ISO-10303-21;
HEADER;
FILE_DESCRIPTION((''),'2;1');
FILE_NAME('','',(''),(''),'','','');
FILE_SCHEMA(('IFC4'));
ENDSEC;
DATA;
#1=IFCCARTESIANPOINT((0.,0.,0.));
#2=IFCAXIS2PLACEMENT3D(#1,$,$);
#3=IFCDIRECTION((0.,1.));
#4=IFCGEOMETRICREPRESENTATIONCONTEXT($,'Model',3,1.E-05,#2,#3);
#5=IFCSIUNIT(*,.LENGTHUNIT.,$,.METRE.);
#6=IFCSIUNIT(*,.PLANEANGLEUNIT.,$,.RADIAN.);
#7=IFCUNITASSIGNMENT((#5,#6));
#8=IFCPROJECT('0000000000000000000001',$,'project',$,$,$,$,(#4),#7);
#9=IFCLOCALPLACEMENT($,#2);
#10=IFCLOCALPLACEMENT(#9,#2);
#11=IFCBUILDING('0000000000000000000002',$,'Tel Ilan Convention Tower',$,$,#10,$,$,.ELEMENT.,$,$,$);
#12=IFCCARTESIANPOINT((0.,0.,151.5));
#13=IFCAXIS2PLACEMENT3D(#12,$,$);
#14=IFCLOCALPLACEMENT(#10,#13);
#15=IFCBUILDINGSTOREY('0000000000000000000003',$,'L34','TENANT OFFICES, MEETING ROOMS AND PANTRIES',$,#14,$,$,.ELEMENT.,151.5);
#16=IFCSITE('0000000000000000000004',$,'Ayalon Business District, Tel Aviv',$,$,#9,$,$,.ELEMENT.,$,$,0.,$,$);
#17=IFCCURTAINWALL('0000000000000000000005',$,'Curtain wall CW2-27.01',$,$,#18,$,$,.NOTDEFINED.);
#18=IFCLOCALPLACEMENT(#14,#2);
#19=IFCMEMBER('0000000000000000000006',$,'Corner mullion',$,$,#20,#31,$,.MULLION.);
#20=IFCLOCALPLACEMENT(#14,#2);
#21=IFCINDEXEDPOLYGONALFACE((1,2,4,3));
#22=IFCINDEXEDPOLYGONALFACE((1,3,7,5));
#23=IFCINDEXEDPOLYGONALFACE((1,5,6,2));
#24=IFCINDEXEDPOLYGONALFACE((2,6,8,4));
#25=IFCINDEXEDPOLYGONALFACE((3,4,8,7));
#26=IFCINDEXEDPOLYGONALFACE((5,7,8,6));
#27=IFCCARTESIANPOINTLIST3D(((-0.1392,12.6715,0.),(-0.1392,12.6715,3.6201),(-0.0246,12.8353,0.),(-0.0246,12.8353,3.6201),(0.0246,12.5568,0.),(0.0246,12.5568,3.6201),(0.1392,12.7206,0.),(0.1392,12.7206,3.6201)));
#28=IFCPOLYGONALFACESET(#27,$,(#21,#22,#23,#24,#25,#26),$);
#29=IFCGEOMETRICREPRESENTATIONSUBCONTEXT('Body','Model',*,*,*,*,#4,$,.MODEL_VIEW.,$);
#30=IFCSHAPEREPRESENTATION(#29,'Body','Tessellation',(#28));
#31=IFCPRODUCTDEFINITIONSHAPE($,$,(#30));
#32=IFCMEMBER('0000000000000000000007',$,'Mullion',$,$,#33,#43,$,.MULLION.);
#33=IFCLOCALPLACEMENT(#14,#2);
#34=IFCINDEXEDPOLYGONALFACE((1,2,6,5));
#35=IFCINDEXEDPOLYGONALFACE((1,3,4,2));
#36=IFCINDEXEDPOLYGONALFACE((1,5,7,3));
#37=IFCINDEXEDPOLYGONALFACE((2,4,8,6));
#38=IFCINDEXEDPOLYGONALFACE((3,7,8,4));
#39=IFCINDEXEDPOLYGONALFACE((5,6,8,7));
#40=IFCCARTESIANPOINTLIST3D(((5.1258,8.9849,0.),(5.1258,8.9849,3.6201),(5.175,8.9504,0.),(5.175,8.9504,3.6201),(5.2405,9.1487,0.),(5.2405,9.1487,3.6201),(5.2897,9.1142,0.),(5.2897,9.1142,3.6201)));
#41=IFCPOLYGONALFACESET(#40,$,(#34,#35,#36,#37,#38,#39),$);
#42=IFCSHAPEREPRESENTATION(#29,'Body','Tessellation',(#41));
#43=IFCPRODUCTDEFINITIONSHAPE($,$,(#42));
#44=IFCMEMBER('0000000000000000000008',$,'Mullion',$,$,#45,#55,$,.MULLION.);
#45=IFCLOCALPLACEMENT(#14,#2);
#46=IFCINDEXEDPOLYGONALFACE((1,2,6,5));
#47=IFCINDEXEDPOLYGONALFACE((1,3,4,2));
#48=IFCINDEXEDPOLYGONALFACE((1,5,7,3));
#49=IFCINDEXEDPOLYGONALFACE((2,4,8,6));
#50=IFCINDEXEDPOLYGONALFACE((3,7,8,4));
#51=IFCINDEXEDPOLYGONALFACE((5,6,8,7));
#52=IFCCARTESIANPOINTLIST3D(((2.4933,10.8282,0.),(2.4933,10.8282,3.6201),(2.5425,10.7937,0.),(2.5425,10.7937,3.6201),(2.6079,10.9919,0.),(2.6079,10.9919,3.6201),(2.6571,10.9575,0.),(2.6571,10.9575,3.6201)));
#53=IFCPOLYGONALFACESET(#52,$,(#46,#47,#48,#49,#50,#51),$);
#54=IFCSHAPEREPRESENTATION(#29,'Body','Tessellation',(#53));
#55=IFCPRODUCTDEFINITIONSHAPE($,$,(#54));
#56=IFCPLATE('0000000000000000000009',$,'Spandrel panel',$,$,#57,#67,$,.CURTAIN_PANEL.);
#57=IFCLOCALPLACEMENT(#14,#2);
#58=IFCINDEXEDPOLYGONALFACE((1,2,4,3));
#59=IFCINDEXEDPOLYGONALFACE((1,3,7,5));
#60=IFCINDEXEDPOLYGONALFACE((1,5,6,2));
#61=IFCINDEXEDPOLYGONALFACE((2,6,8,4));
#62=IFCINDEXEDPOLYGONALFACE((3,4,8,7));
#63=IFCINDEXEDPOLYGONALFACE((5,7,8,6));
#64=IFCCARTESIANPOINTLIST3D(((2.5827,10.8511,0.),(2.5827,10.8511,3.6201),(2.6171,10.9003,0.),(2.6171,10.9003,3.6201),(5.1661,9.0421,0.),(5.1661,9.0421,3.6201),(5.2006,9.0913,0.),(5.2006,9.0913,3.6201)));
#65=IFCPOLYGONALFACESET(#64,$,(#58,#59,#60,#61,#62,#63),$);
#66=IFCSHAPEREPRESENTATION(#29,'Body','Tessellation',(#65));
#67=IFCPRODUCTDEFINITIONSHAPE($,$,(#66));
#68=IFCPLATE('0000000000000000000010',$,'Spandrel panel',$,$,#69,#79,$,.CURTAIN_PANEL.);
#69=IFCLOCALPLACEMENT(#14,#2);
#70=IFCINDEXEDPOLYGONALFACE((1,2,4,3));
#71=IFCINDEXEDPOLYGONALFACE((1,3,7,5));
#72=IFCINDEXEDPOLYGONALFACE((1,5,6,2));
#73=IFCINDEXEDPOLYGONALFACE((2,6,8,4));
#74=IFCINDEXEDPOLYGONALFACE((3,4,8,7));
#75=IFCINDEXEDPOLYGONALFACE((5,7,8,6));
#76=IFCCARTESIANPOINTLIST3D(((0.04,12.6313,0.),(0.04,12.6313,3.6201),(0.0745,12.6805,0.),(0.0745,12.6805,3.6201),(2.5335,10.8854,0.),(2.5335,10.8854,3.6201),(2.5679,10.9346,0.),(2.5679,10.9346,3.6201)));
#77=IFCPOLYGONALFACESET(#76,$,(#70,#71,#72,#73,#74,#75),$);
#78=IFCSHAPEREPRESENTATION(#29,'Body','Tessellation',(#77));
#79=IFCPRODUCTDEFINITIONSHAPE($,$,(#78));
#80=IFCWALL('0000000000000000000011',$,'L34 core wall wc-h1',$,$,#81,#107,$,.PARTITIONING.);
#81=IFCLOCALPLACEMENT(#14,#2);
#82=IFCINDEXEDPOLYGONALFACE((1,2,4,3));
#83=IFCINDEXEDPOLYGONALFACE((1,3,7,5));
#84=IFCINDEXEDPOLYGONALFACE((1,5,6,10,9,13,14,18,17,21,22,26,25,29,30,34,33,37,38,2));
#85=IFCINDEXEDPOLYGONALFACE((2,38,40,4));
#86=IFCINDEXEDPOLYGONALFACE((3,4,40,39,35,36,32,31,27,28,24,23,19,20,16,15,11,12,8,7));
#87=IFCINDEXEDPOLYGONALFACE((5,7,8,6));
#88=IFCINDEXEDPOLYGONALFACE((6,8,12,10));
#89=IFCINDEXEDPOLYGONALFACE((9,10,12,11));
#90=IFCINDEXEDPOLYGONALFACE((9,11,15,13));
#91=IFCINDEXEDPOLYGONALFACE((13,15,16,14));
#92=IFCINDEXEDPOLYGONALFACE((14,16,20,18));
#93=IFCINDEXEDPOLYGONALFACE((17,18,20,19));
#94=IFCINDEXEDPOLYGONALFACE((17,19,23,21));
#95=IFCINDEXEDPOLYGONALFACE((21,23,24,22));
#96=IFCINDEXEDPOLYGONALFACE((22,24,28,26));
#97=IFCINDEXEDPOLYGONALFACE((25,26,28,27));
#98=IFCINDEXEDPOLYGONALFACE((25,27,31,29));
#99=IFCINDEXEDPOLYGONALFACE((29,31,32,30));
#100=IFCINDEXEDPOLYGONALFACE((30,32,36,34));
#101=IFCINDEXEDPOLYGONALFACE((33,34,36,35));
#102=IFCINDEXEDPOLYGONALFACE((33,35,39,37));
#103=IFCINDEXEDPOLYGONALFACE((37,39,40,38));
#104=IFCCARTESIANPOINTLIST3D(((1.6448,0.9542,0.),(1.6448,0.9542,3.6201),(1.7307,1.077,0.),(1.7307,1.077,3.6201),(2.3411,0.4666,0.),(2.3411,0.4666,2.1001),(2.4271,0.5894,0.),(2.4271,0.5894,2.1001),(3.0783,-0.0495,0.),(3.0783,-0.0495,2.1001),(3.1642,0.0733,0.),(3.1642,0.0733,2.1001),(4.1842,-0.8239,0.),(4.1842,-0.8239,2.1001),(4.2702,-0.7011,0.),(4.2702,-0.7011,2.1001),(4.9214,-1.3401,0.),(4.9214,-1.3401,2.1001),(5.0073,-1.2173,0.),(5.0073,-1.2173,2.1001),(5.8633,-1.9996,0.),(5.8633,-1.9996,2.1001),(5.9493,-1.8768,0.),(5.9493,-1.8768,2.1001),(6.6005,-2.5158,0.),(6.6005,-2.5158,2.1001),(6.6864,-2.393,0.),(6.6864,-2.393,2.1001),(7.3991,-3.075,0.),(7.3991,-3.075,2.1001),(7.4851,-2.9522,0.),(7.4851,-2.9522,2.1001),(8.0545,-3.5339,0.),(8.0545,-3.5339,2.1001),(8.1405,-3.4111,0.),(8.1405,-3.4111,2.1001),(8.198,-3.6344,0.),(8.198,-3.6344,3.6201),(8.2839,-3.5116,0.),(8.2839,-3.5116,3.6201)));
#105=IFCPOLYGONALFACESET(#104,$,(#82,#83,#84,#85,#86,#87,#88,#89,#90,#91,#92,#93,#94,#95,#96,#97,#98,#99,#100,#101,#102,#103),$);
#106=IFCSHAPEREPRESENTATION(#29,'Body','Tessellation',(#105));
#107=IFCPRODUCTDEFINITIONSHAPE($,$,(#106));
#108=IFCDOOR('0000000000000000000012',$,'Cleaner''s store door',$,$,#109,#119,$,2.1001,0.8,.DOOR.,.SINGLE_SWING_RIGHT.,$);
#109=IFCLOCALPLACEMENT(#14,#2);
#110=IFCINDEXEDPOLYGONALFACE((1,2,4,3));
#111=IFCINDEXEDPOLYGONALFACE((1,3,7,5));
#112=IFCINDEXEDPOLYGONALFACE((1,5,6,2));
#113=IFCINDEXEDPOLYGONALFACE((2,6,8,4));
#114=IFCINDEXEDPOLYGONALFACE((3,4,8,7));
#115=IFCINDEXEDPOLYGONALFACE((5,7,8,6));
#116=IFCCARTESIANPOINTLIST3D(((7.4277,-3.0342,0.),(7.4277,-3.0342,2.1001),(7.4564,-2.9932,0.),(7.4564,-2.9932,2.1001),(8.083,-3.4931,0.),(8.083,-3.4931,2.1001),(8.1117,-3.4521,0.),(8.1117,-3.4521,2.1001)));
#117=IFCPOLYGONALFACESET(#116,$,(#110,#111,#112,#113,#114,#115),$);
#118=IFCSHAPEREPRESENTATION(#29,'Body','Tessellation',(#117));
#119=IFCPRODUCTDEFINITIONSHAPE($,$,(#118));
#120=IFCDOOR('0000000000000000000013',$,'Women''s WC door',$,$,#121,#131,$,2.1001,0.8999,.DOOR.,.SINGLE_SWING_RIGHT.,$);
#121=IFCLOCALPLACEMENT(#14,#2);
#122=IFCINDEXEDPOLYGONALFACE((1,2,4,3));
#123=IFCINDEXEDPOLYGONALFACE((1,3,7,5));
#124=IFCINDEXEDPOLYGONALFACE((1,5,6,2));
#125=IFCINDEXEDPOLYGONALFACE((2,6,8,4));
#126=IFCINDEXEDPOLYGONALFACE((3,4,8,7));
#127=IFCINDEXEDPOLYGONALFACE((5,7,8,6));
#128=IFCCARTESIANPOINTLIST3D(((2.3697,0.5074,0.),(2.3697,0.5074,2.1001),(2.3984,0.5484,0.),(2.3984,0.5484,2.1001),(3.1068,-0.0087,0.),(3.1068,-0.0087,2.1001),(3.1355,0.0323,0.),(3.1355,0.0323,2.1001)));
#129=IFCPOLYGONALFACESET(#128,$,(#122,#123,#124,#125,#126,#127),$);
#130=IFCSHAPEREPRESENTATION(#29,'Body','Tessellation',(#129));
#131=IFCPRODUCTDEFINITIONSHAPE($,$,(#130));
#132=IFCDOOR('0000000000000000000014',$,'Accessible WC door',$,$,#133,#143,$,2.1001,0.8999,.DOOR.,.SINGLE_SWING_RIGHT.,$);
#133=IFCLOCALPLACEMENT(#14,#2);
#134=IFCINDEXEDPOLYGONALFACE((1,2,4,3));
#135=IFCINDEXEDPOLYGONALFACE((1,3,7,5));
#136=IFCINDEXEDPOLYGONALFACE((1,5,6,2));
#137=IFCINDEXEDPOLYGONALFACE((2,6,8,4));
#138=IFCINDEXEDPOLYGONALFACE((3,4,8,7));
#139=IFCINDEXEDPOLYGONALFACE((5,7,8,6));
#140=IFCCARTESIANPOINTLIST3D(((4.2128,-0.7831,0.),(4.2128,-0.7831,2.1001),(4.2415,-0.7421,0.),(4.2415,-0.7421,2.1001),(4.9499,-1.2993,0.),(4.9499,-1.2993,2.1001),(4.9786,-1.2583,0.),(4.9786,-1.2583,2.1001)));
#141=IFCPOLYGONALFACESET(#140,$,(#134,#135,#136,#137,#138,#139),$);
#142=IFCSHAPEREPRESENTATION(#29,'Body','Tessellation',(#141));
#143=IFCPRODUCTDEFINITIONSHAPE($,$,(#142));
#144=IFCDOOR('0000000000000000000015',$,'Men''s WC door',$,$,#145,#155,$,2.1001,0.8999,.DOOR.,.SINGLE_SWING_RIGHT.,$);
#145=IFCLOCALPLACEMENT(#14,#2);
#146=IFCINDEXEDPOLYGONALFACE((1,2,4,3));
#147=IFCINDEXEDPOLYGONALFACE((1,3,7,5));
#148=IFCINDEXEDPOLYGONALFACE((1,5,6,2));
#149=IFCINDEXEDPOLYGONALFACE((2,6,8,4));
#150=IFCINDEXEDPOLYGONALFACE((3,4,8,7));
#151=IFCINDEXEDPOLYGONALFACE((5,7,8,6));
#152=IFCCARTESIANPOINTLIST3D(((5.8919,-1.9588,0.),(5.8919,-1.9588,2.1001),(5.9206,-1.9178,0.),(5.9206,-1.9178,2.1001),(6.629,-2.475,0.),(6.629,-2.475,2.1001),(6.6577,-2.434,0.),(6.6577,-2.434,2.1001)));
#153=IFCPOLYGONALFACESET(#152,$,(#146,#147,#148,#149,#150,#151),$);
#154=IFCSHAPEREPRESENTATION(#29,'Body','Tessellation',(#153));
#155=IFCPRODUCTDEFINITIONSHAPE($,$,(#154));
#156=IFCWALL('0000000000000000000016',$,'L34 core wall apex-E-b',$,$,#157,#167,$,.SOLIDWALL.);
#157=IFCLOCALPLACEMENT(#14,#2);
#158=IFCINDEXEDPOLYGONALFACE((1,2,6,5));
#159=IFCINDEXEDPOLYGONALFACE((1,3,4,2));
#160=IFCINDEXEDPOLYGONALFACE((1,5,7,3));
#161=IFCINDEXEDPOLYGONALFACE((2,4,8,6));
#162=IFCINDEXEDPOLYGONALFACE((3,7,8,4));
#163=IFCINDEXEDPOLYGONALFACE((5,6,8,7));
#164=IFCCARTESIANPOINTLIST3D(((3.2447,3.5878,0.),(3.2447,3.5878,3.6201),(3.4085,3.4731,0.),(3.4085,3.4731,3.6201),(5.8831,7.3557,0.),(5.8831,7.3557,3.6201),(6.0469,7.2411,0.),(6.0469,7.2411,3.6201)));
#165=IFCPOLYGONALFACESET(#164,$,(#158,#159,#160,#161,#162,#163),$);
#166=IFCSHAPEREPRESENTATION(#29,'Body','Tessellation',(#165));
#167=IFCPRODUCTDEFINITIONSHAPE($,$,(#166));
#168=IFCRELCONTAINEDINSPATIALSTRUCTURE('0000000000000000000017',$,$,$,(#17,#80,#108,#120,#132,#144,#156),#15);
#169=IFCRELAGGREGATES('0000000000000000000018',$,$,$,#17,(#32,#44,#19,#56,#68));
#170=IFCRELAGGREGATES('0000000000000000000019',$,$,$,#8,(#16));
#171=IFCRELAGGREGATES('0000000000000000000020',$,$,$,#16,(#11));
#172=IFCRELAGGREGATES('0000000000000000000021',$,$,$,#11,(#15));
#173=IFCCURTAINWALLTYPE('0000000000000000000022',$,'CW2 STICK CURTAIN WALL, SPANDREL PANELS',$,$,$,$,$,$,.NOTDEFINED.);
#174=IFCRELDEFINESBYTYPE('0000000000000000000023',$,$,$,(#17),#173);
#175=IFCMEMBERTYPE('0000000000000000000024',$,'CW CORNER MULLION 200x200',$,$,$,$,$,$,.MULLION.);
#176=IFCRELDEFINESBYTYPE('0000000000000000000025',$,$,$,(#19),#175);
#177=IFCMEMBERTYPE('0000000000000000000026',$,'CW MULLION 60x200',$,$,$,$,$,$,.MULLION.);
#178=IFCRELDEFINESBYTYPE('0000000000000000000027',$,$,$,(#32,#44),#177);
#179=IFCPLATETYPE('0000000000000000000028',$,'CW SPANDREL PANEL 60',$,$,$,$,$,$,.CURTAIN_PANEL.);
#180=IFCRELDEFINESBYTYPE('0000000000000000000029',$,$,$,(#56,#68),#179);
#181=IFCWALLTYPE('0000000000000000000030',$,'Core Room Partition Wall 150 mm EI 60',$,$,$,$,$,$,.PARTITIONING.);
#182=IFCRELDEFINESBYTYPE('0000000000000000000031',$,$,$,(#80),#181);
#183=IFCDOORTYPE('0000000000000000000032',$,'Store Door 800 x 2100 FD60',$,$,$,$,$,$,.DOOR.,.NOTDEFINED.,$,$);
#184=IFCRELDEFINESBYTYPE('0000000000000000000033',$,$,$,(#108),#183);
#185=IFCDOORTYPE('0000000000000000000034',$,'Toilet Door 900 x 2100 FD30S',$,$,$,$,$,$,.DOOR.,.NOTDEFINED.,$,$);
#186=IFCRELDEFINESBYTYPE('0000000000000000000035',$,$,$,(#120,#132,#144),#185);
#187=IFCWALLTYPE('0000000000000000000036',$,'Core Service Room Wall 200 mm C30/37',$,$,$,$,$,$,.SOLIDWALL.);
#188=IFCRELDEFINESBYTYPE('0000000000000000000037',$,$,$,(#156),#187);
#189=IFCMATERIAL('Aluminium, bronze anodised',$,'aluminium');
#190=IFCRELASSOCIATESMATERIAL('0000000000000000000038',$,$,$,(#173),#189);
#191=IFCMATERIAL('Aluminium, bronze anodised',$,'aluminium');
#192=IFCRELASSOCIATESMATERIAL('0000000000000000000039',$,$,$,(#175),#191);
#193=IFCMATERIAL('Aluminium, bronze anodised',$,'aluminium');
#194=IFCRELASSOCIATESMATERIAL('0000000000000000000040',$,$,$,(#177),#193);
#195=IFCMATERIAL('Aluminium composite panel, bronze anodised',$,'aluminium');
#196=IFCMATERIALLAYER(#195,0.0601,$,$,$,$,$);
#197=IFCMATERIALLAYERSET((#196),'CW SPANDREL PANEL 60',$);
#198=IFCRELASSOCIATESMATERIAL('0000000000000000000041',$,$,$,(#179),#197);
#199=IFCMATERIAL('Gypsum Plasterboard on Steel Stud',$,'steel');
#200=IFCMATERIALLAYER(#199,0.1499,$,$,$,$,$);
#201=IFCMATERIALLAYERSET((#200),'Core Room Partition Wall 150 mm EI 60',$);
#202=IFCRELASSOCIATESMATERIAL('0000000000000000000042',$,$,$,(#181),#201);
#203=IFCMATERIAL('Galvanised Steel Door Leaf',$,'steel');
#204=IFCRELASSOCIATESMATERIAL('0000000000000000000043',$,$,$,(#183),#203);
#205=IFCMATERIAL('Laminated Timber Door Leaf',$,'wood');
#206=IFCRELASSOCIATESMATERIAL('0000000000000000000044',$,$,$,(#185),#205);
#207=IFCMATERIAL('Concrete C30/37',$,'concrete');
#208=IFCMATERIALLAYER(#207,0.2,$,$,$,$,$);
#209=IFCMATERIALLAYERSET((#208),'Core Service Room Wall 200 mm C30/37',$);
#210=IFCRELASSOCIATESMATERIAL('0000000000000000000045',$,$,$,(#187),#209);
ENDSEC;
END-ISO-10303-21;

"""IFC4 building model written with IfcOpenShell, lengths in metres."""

from ifc_helpers import new_model, si_unit, direction, frame, frame_2d, origin, origin_2d, place, context, subcontext, project, spatial, rectangle, extrude, material, layer, layer_set, material_profile, profile_set, type_object, element, fill, aggregate, save


model = new_model("IFC4")

# Units and contexts
model_context = context("Model", 3, precision=1e-05, world=origin(), true_north=direction((0.0, 1.0)))
body_context = subcontext(model_context, "Body", "Model", "MODEL_VIEW")
ifc_project = project(units=[si_unit("LENGTHUNIT", "METRE"), si_unit("PLANEANGLEUNIT", "RADIAN")], contexts=[model_context])

# Site, building, storey
site_placement = place(None, origin())
site = spatial("IfcSite", under=ifc_project, at=site_placement, Name="Ayalon Business District, Tel Aviv", CompositionType="ELEMENT", RefElevation=0.0)
building_placement = place(site_placement, origin())
building = spatial("IfcBuilding", under=site, at=building_placement, Name="Tel Ilan Convention Tower", CompositionType="ELEMENT")
storey_placement = place(building_placement, frame((0.0, 0.0, 151.5)))
storey = spatial("IfcBuildingStorey", under=building, at=storey_placement, Name="L34", Description="TENANT OFFICES, MEETING ROOMS AND PANTRIES", CompositionType="ELEMENT", Elevation=151.5)

# Curtain wall, members, plates
ifc_material_1 = material(Name="Aluminium, bronze anodised", Category="aluminium")
curtain_wall_type = type_object("IfcCurtainWallType", Name="CW2 STICK CURTAIN WALL, SPANDREL PANELS", PredefinedType="NOTDEFINED", material=ifc_material_1)
curtain_wall_placement = place(storey_placement, origin())
curtain_wall = element("IfcCurtainWall", 1, at=curtain_wall_placement, inside=storey, type_object=curtain_wall_type, Name="Curtain wall CW2-27.01", PredefinedType="NOTDEFINED")
ifc_material_2 = material(Name="Aluminium, bronze anodised", Category="aluminium")
ifc_material_profile_1 = material_profile(ifc_material_2, rectangle(XDim=0.2, YDim=0.2, at=origin_2d()), Name="CW CORNER MULLION 200x200")
ifc_profile_set_1 = profile_set([ifc_material_profile_1], Name="Aluminium, bronze anodised")
member_type_1 = type_object("IfcMemberType", Name="CW CORNER MULLION 200x200", PredefinedType="MULLION", material=ifc_profile_set_1)
member_1_placement = place(storey_placement, frame((0.0, 12.696, 0.0), z_axis=(0.0, 0.0, 1.0), x_axis=(-0.819152, 0.573576, 0.0)))
member_1 = element("IfcMember", 2, at=member_1_placement, type_object=member_type_1, Name="Corner mullion", PredefinedType="MULLION", context=body_context, shape_type="SweptSolid", body=[
    extrude(rectangle(XDim=0.2, YDim=0.2, at=origin_2d()), origin(), (0.0, 0.0, 1.0), 3.6201),
])
ifc_material_3 = material(Name="Aluminium, bronze anodised", Category="aluminium")
ifc_material_profile_2 = material_profile(ifc_material_3, rectangle(XDim=0.0601, YDim=0.2, at=origin_2d()), Name="CW MULLION 60x200")
ifc_profile_set_2 = profile_set([ifc_material_profile_2], Name="Aluminium, bronze anodised")
member_type_2 = type_object("IfcMemberType", Name="CW MULLION 60x200", PredefinedType="MULLION", material=ifc_profile_set_2)
member_2_placement = place(storey_placement, frame((5.2078, 9.0496, 0.0), z_axis=(0.0, 0.0, 1.0), x_axis=(-0.819152, 0.573576, 0.0)))
member_2 = element("IfcMember", 3, at=member_2_placement, type_object=member_type_2, Name="Mullion", PredefinedType="MULLION", context=body_context, shape_type="SweptSolid", body=[
    extrude(rectangle(XDim=0.0601, YDim=0.2, at=origin_2d()), origin(), (0.0, 0.0, 1.0), 3.6201),
])
member_3_placement = place(storey_placement, frame((2.5752, 10.8928, 0.0), z_axis=(0.0, 0.0, 1.0), x_axis=(-0.819152, 0.573576, 0.0)))
member_3 = element("IfcMember", 4, at=member_3_placement, type_object=member_type_2, Name="Mullion", PredefinedType="MULLION", context=body_context, shape_type="SweptSolid", body=[
    extrude(rectangle(XDim=0.0601, YDim=0.2, at=origin_2d()), origin(), (0.0, 0.0, 1.0), 3.6201),
])
ifc_material_4 = material(Name="Aluminium composite panel, bronze anodised", Category="aluminium")
ifc_layer_1 = layer(ifc_material_4, 0.0601)
ifc_layer_set_1 = layer_set([ifc_layer_1], Name="CW SPANDREL PANEL 60")
plate_type = type_object("IfcPlateType", Name="CW SPANDREL PANEL 60", PredefinedType="CURTAIN_PANEL", material=ifc_layer_set_1)
plate_1_placement = place(storey_placement, frame((3.8916, 9.9712, 0.0), z_axis=(0.0, 0.0, 1.0), x_axis=(-0.819152, 0.573576, 0.0)))
plate_1 = element("IfcPlate", 5, at=plate_1_placement, type_object=plate_type, Name="Spandrel panel", PredefinedType="CURTAIN_PANEL", context=body_context, shape_type="SweptSolid", body=[
    extrude(rectangle(XDim=3.1538, YDim=0.0601, at=origin_2d()), origin(), (0.0, 0.0, 1.0), 3.6201),
])
plate_2_placement = place(storey_placement, frame((1.304, 11.783, 0.0), z_axis=(0.0, 0.0, 1.0), x_axis=(-0.819152, 0.573576, 0.0)))
plate_2 = element("IfcPlate", 6, at=plate_2_placement, type_object=plate_type, Name="Spandrel panel", PredefinedType="CURTAIN_PANEL", context=body_context, shape_type="SweptSolid", body=[
    extrude(rectangle(XDim=3.0439, YDim=0.0601, at=origin_2d()), origin(), (0.0, 0.0, 1.0), 3.6201),
])
aggregate(curtain_wall, [member_2, member_3, member_1, plate_1, plate_2])

# Wall, openings, doors
ifc_material_5 = material(Name="Gypsum Plasterboard on Steel Stud", Category="steel")
ifc_layer_2 = layer(ifc_material_5, 0.1499)
ifc_layer_set_2 = layer_set([ifc_layer_2], Name="Core Room Partition Wall 150 mm EI 60")
wall_type_1 = type_object("IfcWallType", Name="Core Room Partition Wall 150 mm EI 60", PredefinedType="PARTITIONING", material=ifc_layer_set_2)
wall_1_placement = place(storey_placement, frame((1.6877, 1.0156, 0.0), z_axis=(0.0, 0.0, 1.0), x_axis=(0.819152, -0.573577, 0.0)))
wall_1 = element("IfcWall", 7, at=wall_1_placement, inside=storey, type_object=wall_type_1, Name="L34 core wall wc-h1", PredefinedType="PARTITIONING", context=body_context, shape_type="SweptSolid", body=[
    extrude(rectangle(XDim=8.0, YDim=0.1499, at=frame_2d((4.0, 0.0))), origin(), (0.0, 0.0, 1.0), 3.6201),
])
opening_1_placement = place(wall_1_placement, frame((0.8501, 0.0, 0.0)))
opening_1 = element("IfcOpeningElement", 8, at=opening_1_placement, cuts=wall_1, PredefinedType="OPENING", context=body_context, shape_type="SweptSolid", body=[
    extrude(rectangle(XDim=0.8999, YDim=2.1001, at=frame_2d((0.45, 1.05))), frame((0.0, 0.085, 0.0), z_axis=(0.0, -1.0, 0.0), x_axis=(1.0, 0.0, 0.0)), (0.0, 0.0, 1.0), 0.1699),
])
opening_2_placement = place(wall_1_placement, frame((3.1001, 0.0, 0.0)))
opening_2 = element("IfcOpeningElement", 9, at=opening_2_placement, cuts=wall_1, PredefinedType="OPENING", context=body_context, shape_type="SweptSolid", body=[
    extrude(rectangle(XDim=0.8999, YDim=2.1001, at=frame_2d((0.45, 1.05))), frame((0.0, 0.085, 0.0), z_axis=(0.0, -1.0, 0.0), x_axis=(1.0, 0.0, 0.0)), (0.0, 0.0, 1.0), 0.1699),
])
opening_3_placement = place(wall_1_placement, frame((5.1499, 0.0, 0.0)))
opening_3 = element("IfcOpeningElement", 10, at=opening_3_placement, cuts=wall_1, PredefinedType="OPENING", context=body_context, shape_type="SweptSolid", body=[
    extrude(rectangle(XDim=0.8999, YDim=2.1001, at=frame_2d((0.45, 1.05))), frame((0.0, 0.085, 0.0), z_axis=(0.0, -1.0, 0.0), x_axis=(1.0, 0.0, 0.0)), (0.0, 0.0, 1.0), 0.1699),
])
opening_4_placement = place(wall_1_placement, frame((7.0249, 0.0, 0.0)))
opening_4 = element("IfcOpeningElement", 11, at=opening_4_placement, cuts=wall_1, PredefinedType="OPENING", context=body_context, shape_type="SweptSolid", body=[
    extrude(rectangle(XDim=0.8, YDim=2.1001, at=frame_2d((0.3999, 1.05))), frame((0.0, 0.085, 0.0), z_axis=(0.0, -1.0, 0.0), x_axis=(1.0, 0.0, 0.0)), (0.0, 0.0, 1.0), 0.1699),
])
ifc_material_6 = material(Name="Galvanised Steel Door Leaf", Category="steel")
door_type_1 = type_object("IfcDoorType", Name="Store Door 800 x 2100 FD60", OperationType="NOTDEFINED", PredefinedType="DOOR", material=ifc_material_6)
door_1_placement = place(opening_4_placement, origin())
door_1 = element("IfcDoor", 12, at=door_1_placement, inside=storey, type_object=door_type_1, Name="Cleaner's store door", OperationType="SINGLE_SWING_RIGHT", OverallHeight=2.1001, OverallWidth=0.8, PredefinedType="DOOR", context=body_context, shape_type="SweptSolid", body=[
    extrude(rectangle(XDim=0.8, YDim=2.1001, at=frame_2d((0.3999, 1.05))), frame((0.0, 0.0249, 0.0), z_axis=(0.0, -1.0, 0.0), x_axis=(1.0, 0.0, 0.0)), (0.0, 0.0, 1.0), 0.05),
])
fill(opening_4, door_1)
ifc_material_7 = material(Name="Laminated Timber Door Leaf", Category="wood")
door_type_2 = type_object("IfcDoorType", Name="Toilet Door 900 x 2100 FD30S", OperationType="NOTDEFINED", PredefinedType="DOOR", material=ifc_material_7)
door_2_placement = place(opening_1_placement, origin())
door_2 = element("IfcDoor", 13, at=door_2_placement, inside=storey, type_object=door_type_2, Name="Women's WC door", OperationType="SINGLE_SWING_RIGHT", OverallHeight=2.1001, OverallWidth=0.8999, PredefinedType="DOOR", context=body_context, shape_type="SweptSolid", body=[
    extrude(rectangle(XDim=0.8999, YDim=2.1001, at=frame_2d((0.45, 1.05))), frame((0.0, 0.0249, 0.0), z_axis=(0.0, -1.0, 0.0), x_axis=(1.0, 0.0, 0.0)), (0.0, 0.0, 1.0), 0.05),
])
fill(opening_1, door_2)
door_3_placement = place(opening_2_placement, origin())
door_3 = element("IfcDoor", 14, at=door_3_placement, inside=storey, type_object=door_type_2, Name="Accessible WC door", OperationType="SINGLE_SWING_RIGHT", OverallHeight=2.1001, OverallWidth=0.8999, PredefinedType="DOOR", context=body_context, shape_type="SweptSolid", body=[
    extrude(rectangle(XDim=0.8999, YDim=2.1001, at=frame_2d((0.45, 1.05))), frame((0.0, 0.0249, 0.0), z_axis=(0.0, -1.0, 0.0), x_axis=(1.0, 0.0, 0.0)), (0.0, 0.0, 1.0), 0.05),
])
fill(opening_2, door_3)
door_4_placement = place(opening_3_placement, origin())
door_4 = element("IfcDoor", 15, at=door_4_placement, inside=storey, type_object=door_type_2, Name="Men's WC door", OperationType="SINGLE_SWING_RIGHT", OverallHeight=2.1001, OverallWidth=0.8999, PredefinedType="DOOR", context=body_context, shape_type="SweptSolid", body=[
    extrude(rectangle(XDim=0.8999, YDim=2.1001, at=frame_2d((0.45, 1.05))), frame((0.0, 0.0249, 0.0), z_axis=(0.0, -1.0, 0.0), x_axis=(1.0, 0.0, 0.0)), (0.0, 0.0, 1.0), 0.05),
])
fill(opening_3, door_4)

# Wall
ifc_material_8 = material(Name="Concrete C30/37", Category="concrete")
ifc_layer_3 = layer(ifc_material_8, 0.2)
ifc_layer_set_3 = layer_set([ifc_layer_3], Name="Core Service Room Wall 200 mm C30/37")
wall_type_2 = type_object("IfcWallType", Name="Core Service Room Wall 200 mm C30/37", PredefinedType="SOLIDWALL", material=ifc_layer_set_3)
wall_2_placement = place(storey_placement, frame((3.3267, 3.5305, 0.0), z_axis=(0.0, 0.0, 1.0), x_axis=(0.573576, 0.819152, 0.0)))
element("IfcWall", 16, at=wall_2_placement, inside=storey, type_object=wall_type_2, Name="L34 core wall apex-E-b", PredefinedType="SOLIDWALL", context=body_context, shape_type="SweptSolid", body=[
    extrude(rectangle(XDim=4.5999, YDim=0.2, at=frame_2d((2.2998, 0.0))), origin(), (0.0, 0.0, 1.0), 3.6201),
])

save(model, "model.ifc")
